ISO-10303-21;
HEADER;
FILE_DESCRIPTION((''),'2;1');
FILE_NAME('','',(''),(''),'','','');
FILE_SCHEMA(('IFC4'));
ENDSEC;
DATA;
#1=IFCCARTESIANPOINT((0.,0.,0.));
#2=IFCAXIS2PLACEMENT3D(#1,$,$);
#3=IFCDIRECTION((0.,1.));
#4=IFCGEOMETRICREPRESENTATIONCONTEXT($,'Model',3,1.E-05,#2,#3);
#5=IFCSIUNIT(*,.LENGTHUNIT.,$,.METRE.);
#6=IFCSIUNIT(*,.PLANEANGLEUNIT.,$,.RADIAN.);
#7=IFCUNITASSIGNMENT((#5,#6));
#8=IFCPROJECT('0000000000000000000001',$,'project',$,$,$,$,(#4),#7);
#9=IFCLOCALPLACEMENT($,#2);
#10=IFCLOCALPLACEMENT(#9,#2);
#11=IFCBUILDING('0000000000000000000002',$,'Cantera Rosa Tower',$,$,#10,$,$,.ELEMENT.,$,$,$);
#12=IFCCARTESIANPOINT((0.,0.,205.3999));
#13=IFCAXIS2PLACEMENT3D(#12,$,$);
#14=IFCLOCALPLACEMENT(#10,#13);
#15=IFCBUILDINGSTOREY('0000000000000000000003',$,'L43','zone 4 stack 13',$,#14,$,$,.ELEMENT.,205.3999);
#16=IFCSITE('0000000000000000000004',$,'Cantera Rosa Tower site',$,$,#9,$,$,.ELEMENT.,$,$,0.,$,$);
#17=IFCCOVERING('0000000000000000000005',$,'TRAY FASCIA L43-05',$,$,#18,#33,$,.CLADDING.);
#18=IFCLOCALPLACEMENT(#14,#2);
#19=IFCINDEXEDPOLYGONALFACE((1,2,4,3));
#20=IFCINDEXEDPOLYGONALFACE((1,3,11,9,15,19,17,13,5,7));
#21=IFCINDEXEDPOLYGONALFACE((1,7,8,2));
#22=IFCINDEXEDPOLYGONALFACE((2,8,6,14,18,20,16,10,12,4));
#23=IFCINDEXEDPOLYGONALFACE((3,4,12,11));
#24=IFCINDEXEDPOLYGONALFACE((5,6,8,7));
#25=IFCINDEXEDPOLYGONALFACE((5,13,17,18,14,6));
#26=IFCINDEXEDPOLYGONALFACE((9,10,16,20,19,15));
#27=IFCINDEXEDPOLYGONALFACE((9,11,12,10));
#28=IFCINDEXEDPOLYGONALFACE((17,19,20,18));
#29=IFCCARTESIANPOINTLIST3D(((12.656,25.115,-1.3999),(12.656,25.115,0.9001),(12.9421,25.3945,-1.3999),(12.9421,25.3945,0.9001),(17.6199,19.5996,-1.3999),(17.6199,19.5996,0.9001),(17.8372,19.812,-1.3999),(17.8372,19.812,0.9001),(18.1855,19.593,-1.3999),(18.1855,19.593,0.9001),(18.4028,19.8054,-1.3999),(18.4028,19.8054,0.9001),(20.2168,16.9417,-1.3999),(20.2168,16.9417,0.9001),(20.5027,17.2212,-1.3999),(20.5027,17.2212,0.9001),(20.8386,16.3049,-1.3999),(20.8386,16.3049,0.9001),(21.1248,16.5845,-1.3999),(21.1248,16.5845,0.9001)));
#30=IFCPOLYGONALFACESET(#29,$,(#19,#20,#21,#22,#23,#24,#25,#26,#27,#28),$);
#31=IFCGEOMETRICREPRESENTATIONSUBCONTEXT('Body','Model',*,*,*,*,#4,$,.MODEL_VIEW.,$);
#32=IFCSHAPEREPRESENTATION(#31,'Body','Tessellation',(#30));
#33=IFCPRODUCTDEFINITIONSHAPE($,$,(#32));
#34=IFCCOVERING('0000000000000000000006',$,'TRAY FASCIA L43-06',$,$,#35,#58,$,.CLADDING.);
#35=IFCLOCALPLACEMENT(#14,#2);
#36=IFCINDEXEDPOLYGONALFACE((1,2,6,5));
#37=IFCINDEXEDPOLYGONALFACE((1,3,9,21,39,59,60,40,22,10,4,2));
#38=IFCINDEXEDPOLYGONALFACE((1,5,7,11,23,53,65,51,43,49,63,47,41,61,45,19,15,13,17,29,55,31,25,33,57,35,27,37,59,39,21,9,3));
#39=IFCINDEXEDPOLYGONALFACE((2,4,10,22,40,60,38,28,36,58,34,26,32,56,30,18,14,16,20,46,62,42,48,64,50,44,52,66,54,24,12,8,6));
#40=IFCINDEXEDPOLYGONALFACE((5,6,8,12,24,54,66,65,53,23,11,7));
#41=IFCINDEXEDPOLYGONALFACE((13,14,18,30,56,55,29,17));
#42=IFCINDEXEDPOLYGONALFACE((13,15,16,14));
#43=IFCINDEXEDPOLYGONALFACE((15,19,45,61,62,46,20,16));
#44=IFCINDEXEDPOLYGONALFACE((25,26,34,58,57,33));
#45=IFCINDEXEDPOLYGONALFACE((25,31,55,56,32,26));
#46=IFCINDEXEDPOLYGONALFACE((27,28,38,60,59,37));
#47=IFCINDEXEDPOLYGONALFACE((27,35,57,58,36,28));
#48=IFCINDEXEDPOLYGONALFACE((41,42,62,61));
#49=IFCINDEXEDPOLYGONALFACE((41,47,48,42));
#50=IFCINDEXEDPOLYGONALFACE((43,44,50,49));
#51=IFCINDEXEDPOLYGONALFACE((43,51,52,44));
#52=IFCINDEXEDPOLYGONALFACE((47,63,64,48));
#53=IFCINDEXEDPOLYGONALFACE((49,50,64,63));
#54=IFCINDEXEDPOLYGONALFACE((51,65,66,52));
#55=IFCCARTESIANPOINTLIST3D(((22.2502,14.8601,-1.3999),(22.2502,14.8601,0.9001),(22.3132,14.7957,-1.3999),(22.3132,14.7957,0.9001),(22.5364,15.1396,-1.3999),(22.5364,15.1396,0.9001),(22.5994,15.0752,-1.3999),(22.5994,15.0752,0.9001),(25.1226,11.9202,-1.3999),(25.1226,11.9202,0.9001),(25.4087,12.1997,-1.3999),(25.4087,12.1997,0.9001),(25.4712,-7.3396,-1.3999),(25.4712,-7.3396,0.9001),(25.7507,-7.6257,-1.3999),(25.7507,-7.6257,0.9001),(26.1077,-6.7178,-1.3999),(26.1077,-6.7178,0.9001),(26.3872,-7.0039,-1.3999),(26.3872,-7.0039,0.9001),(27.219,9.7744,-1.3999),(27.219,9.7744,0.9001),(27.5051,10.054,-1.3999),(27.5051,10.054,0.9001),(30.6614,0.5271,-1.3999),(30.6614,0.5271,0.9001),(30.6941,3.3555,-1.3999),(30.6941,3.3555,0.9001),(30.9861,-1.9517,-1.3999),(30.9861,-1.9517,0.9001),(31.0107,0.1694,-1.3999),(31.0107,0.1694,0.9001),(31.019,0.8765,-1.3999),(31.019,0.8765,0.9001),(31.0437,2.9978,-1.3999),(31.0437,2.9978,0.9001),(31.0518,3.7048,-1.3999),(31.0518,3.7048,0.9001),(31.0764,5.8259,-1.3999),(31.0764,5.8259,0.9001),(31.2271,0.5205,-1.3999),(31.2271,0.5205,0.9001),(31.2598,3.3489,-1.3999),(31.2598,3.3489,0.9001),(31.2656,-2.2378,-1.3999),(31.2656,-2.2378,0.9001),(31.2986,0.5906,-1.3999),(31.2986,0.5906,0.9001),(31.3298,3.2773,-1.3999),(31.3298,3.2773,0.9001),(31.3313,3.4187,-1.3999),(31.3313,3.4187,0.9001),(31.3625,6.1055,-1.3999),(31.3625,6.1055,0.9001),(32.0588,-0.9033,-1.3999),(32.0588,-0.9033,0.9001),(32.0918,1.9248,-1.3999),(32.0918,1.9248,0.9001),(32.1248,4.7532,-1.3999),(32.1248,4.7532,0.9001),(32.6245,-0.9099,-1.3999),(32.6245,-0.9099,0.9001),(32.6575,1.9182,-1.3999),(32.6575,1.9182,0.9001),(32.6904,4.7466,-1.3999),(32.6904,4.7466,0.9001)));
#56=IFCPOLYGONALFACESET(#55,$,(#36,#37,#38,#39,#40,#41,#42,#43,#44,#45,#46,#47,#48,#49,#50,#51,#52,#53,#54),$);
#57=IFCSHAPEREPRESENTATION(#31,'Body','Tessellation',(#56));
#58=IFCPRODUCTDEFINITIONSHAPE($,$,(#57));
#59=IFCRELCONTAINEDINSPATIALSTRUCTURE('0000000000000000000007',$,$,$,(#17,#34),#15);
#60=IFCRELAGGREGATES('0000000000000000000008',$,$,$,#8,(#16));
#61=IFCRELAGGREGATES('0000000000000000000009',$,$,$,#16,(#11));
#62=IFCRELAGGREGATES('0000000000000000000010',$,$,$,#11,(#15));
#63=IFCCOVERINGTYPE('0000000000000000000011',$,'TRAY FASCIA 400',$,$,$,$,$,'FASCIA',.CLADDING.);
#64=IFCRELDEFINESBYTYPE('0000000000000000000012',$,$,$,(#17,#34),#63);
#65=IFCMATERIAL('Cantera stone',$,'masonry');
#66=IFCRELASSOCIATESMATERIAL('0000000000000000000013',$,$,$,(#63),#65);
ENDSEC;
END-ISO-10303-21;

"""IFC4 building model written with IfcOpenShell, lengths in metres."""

from ifc_helpers import new_model, si_unit, direction, frame, origin, place, context, subcontext, project, spatial, polyline, outline, extrude, material, type_object, element, save


model = new_model("IFC4")

# Units and contexts
model_context = context("Model", 3, precision=1e-05, world=origin(), true_north=direction((0.0, 1.0)))
body_context = subcontext(model_context, "Body", "Model", "MODEL_VIEW")
ifc_project = project(units=[si_unit("LENGTHUNIT", "METRE"), si_unit("PLANEANGLEUNIT", "RADIAN")], contexts=[model_context])

# Site, building, storey
site_placement = place(None, origin())
site = spatial("IfcSite", under=ifc_project, at=site_placement, Name="Cantera Rosa Tower site", CompositionType="ELEMENT", RefElevation=0.0)
building_placement = place(site_placement, origin())
building = spatial("IfcBuilding", under=site, at=building_placement, Name="Cantera Rosa Tower", CompositionType="ELEMENT")
storey_placement = place(building_placement, frame((0.0, 0.0, 205.3999)))
storey = spatial("IfcBuildingStorey", under=building, at=storey_placement, Name="L43", Description="zone 4 stack 13", CompositionType="ELEMENT", Elevation=205.3999)

# Coverings
ifc_material_1 = material(Name="Cantera stone", Category="masonry")
covering_type = type_object("IfcCoveringType", Name="TRAY FASCIA 400", ElementType="FASCIA", PredefinedType="CLADDING", material=ifc_material_1)
covering_1_placement = place(storey_placement, frame((0.0, 0.0, -1.3999)))
element("IfcCovering", 1, at=covering_1_placement, inside=storey, type_object=covering_type, Name="TRAY FASCIA L43-05", PredefinedType="CLADDING", context=body_context, shape_type="SweptSolid", body=[
    extrude(outline(polyline([(18.4028, 19.8054), (18.1855, 19.593), (20.5027, 17.2212), (21.1248, 16.5845), (20.8386, 16.3049), (20.2168, 16.9417), (17.6199, 19.5996), (17.8372, 19.812), (12.656, 25.115), (12.9421, 25.3945), (18.4028, 19.8054)])), origin(), (0.0, 0.0, 1.0), 2.3),
])
covering_2_placement = place(storey_placement, frame((0.0, 0.0, -1.3999)))
element("IfcCovering", 2, at=covering_2_placement, inside=storey, type_object=covering_type, Name="TRAY FASCIA L43-06", PredefinedType="CLADDING", context=body_context, shape_type="SweptSolid", body=[
    extrude(outline(polyline([(22.5994, 15.0752), (25.4087, 12.1997), (27.5051, 10.054), (31.3625, 6.1055), (32.6904, 4.7466), (31.3313, 3.4187), (31.2598, 3.3489), (31.3298, 3.2773), (32.6575, 1.9182), (31.2986, 0.5906), (31.2271, 0.5205), (32.6245, -0.9099), (31.2656, -2.2378), (26.3872, -7.0039), (25.7507, -7.6257), (25.4712, -7.3396), (26.1077, -6.7178), (30.9861, -1.9517), (32.0588, -0.9033), (31.0107, 0.1694), (30.6614, 0.5271), (31.019, 0.8765), (32.0918, 1.9248), (31.0437, 2.9978), (30.6941, 3.3555), (31.0518, 3.7048), (32.1248, 4.7532), (31.0764, 5.8259), (27.219, 9.7744), (25.1226, 11.9202), (22.3132, 14.7957), (22.2502, 14.8601), (22.5364, 15.1396), (22.5994, 15.0752)])), origin(), (0.0, 0.0, 1.0), 2.3),
])

save(model, "model.ifc")
